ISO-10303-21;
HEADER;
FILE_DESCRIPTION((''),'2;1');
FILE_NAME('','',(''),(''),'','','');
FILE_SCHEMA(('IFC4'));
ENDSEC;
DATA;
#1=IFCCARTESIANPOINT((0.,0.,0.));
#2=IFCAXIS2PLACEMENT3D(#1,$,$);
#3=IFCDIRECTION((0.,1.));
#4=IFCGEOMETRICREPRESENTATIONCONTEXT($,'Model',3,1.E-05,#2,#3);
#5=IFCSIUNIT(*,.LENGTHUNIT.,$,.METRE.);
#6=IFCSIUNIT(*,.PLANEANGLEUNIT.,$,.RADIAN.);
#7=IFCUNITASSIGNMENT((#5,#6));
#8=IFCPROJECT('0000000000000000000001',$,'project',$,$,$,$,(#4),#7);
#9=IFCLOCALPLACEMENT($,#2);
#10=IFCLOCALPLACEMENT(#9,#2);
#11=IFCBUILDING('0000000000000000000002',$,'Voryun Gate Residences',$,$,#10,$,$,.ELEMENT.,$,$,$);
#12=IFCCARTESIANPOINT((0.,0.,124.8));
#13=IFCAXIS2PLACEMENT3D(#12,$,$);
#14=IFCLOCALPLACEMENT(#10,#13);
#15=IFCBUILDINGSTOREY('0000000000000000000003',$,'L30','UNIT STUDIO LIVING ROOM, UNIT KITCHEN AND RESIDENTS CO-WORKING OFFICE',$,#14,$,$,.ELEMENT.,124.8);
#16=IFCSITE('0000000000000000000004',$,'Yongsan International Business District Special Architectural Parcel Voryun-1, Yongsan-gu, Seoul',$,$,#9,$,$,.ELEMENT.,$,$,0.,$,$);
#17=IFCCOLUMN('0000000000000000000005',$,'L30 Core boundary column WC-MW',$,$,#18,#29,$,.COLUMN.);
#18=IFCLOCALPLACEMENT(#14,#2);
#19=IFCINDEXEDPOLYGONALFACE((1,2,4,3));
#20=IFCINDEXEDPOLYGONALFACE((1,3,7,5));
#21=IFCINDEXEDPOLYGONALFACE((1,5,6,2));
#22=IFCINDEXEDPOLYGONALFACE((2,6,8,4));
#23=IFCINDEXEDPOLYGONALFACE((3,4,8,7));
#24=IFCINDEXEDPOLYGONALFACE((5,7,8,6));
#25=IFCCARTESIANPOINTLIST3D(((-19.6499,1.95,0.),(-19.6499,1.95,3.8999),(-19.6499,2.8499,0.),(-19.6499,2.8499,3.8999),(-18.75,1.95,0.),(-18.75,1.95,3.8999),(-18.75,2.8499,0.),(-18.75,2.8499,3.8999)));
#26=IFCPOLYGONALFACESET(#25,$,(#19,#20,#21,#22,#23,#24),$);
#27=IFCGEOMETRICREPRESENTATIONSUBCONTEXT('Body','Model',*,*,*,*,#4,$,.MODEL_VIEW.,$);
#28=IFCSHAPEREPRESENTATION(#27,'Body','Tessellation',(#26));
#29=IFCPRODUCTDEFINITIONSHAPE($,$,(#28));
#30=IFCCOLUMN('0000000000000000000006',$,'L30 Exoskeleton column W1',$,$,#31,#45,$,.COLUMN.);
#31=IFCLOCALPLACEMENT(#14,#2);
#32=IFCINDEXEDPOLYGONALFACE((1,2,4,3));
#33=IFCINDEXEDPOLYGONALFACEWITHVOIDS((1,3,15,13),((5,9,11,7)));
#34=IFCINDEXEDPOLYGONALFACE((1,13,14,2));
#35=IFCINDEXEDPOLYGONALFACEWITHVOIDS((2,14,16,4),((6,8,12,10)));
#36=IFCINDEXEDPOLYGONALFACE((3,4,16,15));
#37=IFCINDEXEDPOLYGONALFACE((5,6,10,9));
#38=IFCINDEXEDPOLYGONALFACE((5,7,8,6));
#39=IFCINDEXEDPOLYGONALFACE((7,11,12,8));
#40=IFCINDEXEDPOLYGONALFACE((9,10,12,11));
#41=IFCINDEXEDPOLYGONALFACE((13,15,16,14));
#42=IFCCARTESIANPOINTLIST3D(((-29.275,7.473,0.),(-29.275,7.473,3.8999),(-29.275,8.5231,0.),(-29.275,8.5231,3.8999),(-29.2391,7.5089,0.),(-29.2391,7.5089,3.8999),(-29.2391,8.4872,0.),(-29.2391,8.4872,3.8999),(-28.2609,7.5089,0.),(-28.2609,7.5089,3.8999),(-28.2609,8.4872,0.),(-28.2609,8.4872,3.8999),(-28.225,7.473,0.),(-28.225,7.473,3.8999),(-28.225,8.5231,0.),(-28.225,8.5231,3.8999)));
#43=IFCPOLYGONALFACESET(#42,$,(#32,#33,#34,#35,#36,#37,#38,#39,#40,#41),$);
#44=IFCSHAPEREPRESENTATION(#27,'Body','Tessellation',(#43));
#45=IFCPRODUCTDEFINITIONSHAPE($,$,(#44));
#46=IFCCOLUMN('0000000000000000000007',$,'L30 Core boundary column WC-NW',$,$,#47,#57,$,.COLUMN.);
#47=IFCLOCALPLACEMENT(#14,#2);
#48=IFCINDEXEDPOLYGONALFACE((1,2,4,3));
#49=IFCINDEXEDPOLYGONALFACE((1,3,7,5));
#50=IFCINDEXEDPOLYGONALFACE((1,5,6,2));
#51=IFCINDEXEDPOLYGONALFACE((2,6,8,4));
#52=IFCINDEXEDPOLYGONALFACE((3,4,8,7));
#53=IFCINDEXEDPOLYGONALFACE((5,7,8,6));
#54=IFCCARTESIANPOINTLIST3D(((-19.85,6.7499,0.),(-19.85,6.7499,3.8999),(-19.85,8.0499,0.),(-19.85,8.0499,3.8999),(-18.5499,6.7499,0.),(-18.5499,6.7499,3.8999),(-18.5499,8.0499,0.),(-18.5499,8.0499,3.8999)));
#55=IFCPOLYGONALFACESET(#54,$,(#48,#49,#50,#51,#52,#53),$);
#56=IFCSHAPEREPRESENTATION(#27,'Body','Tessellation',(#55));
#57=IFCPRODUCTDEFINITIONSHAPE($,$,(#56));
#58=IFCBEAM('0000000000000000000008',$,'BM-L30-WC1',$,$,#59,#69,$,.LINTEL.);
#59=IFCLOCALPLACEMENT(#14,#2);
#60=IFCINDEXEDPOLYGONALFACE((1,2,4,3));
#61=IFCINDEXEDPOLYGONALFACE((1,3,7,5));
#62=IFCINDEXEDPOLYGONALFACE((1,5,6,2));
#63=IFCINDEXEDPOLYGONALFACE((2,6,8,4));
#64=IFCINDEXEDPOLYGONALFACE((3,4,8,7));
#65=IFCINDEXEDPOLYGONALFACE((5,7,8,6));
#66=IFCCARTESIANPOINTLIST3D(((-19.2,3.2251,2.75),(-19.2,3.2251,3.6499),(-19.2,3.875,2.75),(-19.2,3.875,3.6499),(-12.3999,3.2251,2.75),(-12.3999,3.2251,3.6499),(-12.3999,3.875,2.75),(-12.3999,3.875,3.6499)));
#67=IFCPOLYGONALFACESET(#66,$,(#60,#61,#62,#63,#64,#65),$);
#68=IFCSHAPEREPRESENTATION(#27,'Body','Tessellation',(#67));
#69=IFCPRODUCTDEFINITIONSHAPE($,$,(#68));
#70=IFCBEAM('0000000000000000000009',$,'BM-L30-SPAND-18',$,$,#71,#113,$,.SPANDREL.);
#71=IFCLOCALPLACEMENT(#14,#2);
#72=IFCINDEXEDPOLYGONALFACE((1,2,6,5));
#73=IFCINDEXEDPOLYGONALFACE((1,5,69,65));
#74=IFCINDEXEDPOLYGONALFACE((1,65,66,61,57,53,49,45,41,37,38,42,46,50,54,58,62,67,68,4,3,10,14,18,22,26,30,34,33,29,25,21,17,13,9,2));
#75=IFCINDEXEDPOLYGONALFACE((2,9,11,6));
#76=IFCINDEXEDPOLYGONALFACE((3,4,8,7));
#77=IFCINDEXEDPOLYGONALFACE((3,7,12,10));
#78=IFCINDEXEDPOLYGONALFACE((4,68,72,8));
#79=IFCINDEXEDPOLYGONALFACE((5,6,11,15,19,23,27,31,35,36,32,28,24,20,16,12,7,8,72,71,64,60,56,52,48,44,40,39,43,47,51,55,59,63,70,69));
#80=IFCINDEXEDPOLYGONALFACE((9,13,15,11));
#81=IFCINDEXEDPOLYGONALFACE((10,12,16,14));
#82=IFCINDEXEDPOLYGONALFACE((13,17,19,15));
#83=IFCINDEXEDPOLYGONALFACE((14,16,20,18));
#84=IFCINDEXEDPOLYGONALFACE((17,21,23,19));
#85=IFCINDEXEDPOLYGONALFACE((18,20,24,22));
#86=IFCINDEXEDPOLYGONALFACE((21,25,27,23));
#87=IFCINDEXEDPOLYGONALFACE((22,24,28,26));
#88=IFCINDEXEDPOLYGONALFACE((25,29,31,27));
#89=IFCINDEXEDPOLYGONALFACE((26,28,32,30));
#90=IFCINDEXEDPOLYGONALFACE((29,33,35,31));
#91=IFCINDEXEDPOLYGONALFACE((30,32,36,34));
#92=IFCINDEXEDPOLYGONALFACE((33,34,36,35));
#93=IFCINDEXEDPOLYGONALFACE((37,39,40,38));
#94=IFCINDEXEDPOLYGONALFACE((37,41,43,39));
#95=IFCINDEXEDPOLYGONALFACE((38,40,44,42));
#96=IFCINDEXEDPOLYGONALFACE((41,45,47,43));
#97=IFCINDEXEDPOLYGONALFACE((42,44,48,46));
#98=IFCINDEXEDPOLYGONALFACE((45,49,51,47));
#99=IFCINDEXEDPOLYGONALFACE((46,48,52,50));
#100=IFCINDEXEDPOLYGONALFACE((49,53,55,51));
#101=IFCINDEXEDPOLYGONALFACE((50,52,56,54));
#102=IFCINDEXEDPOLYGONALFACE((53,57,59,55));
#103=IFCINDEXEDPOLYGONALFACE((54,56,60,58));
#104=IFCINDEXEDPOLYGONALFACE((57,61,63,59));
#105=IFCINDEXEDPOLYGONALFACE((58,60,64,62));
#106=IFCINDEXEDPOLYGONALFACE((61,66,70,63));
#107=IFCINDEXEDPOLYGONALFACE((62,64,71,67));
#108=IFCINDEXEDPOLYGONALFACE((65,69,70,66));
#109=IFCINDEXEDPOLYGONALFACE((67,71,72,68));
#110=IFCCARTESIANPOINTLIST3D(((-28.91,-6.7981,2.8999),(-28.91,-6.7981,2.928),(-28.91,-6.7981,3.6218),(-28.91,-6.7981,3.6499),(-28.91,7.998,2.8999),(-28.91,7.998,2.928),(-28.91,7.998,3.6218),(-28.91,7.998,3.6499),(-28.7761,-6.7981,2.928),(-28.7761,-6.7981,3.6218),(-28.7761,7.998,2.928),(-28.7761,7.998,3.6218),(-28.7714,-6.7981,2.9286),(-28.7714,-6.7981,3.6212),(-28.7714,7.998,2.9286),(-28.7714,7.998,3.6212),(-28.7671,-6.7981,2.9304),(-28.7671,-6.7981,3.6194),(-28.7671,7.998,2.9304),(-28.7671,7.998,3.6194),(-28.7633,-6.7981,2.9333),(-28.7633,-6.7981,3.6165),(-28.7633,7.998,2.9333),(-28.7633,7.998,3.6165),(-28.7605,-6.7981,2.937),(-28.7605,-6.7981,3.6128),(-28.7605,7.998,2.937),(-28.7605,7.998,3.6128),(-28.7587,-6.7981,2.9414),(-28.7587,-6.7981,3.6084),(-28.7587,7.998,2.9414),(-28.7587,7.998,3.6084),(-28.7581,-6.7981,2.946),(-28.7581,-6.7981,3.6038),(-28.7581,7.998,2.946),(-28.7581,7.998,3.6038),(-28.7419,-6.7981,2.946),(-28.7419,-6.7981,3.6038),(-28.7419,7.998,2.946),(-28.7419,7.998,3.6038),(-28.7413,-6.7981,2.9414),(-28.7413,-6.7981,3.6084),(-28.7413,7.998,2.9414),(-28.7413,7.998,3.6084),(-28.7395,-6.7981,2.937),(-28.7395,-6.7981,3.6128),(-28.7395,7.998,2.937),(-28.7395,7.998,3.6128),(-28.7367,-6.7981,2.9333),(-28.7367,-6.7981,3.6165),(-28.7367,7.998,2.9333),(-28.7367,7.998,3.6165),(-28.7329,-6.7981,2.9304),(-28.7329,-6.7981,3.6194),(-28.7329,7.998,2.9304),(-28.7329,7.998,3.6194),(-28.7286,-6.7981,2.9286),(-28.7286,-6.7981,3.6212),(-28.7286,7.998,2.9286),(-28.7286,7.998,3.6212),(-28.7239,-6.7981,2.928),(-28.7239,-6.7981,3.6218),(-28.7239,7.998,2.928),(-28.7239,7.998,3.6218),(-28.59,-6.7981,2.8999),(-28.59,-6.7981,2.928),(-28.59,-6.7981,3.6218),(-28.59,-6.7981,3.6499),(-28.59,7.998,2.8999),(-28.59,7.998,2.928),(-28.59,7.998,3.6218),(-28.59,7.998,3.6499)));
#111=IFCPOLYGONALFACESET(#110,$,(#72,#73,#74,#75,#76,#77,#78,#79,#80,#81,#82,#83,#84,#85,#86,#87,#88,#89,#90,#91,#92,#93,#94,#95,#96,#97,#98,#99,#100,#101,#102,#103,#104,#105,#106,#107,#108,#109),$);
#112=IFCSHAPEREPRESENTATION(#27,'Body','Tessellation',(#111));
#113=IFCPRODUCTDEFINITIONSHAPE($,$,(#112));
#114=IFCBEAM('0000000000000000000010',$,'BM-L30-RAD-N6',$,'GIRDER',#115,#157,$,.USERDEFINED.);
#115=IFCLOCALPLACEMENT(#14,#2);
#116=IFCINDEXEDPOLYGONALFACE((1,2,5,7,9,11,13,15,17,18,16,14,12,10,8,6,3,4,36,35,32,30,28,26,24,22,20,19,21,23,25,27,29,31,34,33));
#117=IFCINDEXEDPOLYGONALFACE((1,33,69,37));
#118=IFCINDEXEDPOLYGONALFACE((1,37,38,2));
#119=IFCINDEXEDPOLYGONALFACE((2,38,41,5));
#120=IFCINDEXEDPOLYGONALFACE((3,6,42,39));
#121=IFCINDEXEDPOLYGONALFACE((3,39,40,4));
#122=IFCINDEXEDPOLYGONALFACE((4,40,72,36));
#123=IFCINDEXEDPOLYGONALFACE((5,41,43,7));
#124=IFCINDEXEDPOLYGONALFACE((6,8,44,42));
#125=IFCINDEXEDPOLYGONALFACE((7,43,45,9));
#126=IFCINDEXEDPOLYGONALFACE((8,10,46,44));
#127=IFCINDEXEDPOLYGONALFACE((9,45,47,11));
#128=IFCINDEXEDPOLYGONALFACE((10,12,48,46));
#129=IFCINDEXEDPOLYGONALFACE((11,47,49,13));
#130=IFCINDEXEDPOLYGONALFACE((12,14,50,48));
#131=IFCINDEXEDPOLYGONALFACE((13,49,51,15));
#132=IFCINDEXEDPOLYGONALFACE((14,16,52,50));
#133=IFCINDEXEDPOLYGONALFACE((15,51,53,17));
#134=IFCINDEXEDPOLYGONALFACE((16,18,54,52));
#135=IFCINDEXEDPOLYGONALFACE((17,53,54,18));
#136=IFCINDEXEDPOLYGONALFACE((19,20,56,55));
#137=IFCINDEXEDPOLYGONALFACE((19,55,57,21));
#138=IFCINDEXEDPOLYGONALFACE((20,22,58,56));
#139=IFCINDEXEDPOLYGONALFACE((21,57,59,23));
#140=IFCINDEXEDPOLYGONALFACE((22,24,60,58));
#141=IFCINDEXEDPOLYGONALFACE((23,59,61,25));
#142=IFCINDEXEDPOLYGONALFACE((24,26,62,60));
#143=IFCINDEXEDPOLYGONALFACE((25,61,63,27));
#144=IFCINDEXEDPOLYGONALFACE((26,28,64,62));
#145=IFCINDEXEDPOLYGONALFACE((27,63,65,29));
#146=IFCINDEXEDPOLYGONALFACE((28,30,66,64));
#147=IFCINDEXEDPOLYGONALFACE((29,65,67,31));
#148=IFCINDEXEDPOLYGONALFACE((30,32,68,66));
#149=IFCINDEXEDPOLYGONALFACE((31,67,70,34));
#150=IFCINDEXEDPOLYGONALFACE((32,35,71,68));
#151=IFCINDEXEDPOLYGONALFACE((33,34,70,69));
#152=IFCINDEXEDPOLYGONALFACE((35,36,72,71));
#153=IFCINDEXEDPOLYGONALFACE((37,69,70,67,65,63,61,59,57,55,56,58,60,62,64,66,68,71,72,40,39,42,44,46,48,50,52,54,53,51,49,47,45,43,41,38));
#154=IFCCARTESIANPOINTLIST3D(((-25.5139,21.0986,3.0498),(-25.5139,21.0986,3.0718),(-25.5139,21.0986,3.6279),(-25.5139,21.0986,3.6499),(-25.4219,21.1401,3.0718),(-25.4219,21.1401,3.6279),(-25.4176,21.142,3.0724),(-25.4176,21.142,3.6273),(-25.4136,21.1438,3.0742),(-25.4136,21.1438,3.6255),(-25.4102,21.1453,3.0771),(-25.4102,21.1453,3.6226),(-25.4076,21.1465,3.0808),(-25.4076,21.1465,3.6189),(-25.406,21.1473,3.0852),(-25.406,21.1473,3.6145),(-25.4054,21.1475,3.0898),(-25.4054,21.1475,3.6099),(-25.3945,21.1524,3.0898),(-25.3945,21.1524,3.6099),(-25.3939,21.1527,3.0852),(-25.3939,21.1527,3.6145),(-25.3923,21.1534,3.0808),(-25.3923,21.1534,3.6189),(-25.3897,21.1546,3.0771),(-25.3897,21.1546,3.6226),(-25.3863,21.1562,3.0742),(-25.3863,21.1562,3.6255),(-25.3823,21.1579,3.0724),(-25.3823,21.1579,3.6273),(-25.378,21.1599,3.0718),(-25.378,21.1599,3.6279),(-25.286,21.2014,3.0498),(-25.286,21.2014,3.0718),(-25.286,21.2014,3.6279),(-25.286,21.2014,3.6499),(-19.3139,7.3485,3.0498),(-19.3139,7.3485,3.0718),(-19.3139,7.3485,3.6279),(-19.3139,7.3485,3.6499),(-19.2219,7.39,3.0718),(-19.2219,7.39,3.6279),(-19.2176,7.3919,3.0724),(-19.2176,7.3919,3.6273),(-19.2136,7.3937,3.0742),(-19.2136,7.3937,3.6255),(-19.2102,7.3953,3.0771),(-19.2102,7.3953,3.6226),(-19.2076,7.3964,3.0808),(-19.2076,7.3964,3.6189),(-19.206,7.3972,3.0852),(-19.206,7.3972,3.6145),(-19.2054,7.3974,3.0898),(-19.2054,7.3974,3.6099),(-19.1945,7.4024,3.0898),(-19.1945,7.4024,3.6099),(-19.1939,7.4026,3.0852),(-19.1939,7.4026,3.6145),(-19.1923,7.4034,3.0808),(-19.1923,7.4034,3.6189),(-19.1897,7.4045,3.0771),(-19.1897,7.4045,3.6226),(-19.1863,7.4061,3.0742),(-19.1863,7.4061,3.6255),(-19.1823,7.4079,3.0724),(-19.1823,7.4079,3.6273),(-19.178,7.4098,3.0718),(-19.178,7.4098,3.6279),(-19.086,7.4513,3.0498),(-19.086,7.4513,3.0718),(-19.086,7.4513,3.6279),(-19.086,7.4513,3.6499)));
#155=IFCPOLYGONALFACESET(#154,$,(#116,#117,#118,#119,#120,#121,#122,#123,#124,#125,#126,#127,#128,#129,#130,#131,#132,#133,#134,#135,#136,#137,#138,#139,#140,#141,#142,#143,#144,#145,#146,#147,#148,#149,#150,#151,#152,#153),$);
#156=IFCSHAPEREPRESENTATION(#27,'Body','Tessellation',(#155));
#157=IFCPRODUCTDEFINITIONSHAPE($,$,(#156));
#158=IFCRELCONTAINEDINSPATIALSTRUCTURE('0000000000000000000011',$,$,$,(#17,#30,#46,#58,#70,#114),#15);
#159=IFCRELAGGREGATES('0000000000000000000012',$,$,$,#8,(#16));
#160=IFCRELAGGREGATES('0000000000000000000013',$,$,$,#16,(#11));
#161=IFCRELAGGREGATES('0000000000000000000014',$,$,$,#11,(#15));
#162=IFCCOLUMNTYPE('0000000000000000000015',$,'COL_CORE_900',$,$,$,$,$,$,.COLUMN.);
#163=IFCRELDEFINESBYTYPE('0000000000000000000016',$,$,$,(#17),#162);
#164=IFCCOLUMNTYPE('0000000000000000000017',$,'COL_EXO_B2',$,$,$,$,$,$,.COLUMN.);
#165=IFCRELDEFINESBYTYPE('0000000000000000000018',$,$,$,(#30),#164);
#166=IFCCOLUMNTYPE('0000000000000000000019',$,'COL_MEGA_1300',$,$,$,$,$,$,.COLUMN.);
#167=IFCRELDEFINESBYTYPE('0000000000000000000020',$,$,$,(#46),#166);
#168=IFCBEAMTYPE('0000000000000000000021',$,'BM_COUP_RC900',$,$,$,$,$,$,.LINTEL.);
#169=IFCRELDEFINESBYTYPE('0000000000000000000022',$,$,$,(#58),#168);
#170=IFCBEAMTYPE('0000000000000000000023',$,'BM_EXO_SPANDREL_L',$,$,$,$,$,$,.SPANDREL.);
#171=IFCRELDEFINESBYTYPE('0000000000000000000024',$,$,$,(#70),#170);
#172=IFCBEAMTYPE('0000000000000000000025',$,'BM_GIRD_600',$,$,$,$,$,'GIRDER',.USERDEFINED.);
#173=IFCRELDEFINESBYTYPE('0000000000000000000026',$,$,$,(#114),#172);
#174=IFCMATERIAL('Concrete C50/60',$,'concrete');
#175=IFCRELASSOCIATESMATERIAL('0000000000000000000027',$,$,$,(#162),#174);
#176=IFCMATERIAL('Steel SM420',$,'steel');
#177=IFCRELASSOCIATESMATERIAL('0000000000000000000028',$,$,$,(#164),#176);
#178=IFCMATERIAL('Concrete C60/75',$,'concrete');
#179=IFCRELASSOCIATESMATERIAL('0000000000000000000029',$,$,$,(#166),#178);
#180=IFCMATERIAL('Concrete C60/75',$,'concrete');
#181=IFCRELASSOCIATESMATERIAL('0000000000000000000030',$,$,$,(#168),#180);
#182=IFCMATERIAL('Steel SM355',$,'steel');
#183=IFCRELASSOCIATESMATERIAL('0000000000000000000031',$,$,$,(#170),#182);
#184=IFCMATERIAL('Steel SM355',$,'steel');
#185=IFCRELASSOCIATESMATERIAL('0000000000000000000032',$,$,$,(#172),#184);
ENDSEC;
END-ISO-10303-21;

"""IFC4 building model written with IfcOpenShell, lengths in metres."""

from ifc_helpers import new_model, si_unit, direction, frame, origin, origin_2d, place, context, subcontext, project, spatial, rectangle, hollow_rectangle, i_section, extrude, material, material_profile, profile_set, type_object, element, save


model = new_model("IFC4")

# Units and contexts
model_context = context("Model", 3, precision=1e-05, world=origin(), true_north=direction((0.0, 1.0)))
body_context = subcontext(model_context, "Body", "Model", "MODEL_VIEW")
ifc_project = project(units=[si_unit("LENGTHUNIT", "METRE"), si_unit("PLANEANGLEUNIT", "RADIAN")], contexts=[model_context])

# Site, building, storey
site_placement = place(None, origin())
site = spatial("IfcSite", under=ifc_project, at=site_placement, Name="Yongsan International Business District Special Architectural Parcel Voryun-1, Yongsan-gu, Seoul", CompositionType="ELEMENT", RefElevation=0.0)
building_placement = place(site_placement, origin())
building = spatial("IfcBuilding", under=site, at=building_placement, Name="Voryun Gate Residences", CompositionType="ELEMENT")
storey_placement = place(building_placement, frame((0.0, 0.0, 124.8)))
storey = spatial("IfcBuildingStorey", under=building, at=storey_placement, Name="L30", Description="UNIT STUDIO LIVING ROOM, UNIT KITCHEN AND RESIDENTS CO-WORKING OFFICE", CompositionType="ELEMENT", Elevation=124.8)

# Columns
ifc_material_1 = material(Name="Concrete C50/60", Category="concrete")
ifc_material_profile_1 = material_profile(ifc_material_1, rectangle(XDim=0.8999, YDim=0.8999, at=origin_2d()), Name="RC-900x900")
ifc_profile_set_1 = profile_set([ifc_material_profile_1], Name="Concrete C50/60")
column_type_1 = type_object("IfcColumnType", Name="COL_CORE_900", PredefinedType="COLUMN", material=ifc_profile_set_1)
column_1_placement = place(storey_placement, frame((-19.2, 2.3999, 0.0), z_axis=(0.0, 0.0, 1.0), x_axis=(1.0, 0.0, 0.0)))
element("IfcColumn", 1, at=column_1_placement, inside=storey, type_object=column_type_1, Name="L30 Core boundary column WC-MW", PredefinedType="COLUMN", context=body_context, shape_type="SweptSolid", body=[
    extrude(rectangle(XDim=0.8999, YDim=0.8999, at=origin_2d()), origin(), (0.0, 0.0, 1.0), 3.8999),
])
ifc_material_2 = material(Name="Steel SM420", Category="steel")
ifc_material_profile_2 = material_profile(ifc_material_2, hollow_rectangle(XDim=1.05, YDim=1.05, WallThickness=0.0359, at=origin_2d()), Name="BOX-1050x1050x36")
ifc_profile_set_2 = profile_set([ifc_material_profile_2], Name="Steel SM420")
column_type_2 = type_object("IfcColumnType", Name="COL_EXO_B2", PredefinedType="COLUMN", material=ifc_profile_set_2)
column_2_placement = place(storey_placement, frame((-28.75, 7.998, 0.0), z_axis=(0.0, 0.0, 1.0), x_axis=(1.0, 0.0, 0.0)))
element("IfcColumn", 2, at=column_2_placement, inside=storey, type_object=column_type_2, Name="L30 Exoskeleton column W1", PredefinedType="COLUMN", context=body_context, shape_type="SweptSolid", body=[
    extrude(hollow_rectangle(XDim=1.05, YDim=1.05, WallThickness=0.0359, at=origin_2d()), origin(), (0.0, 0.0, 1.0), 3.8999),
])
ifc_material_3 = material(Name="Concrete C60/75", Category="concrete")
ifc_material_profile_3 = material_profile(ifc_material_3, rectangle(XDim=1.3, YDim=1.3, at=origin_2d()), Name="RC-1300x1300")
ifc_profile_set_3 = profile_set([ifc_material_profile_3], Name="Concrete C60/75")
column_type_3 = type_object("IfcColumnType", Name="COL_MEGA_1300", PredefinedType="COLUMN", material=ifc_profile_set_3)
column_3_placement = place(storey_placement, frame((-19.2, 7.3999, 0.0), z_axis=(0.0, 0.0, 1.0), x_axis=(1.0, 0.0, 0.0)))
element("IfcColumn", 3, at=column_3_placement, inside=storey, type_object=column_type_3, Name="L30 Core boundary column WC-NW", PredefinedType="COLUMN", context=body_context, shape_type="SweptSolid", body=[
    extrude(rectangle(XDim=1.3, YDim=1.3, at=origin_2d()), origin(), (0.0, 0.0, 1.0), 3.8999),
])

# Beams
ifc_material_4 = material(Name="Concrete C60/75", Category="concrete")
ifc_material_profile_4 = material_profile(ifc_material_4, rectangle(XDim=0.6499, YDim=0.8999, at=origin_2d()), Name="RC-650x900")
ifc_profile_set_4 = profile_set([ifc_material_profile_4], Name="Concrete C60/75")
beam_type_1 = type_object("IfcBeamType", Name="BM_COUP_RC900", PredefinedType="LINTEL", material=ifc_profile_set_4)
beam_1_placement = place(storey_placement, frame((-19.2, 3.55, 3.2), z_axis=(1.0, 0.0, 0.0), x_axis=(0.0, 1.0, 0.0)))
element("IfcBeam", 4, at=beam_1_placement, inside=storey, type_object=beam_type_1, Name="BM-L30-WC1", PredefinedType="LINTEL", context=body_context, shape_type="SweptSolid", body=[
    extrude(rectangle(XDim=0.6499, YDim=0.8999, at=origin_2d()), origin(), (0.0, 0.0, 1.0), 6.8),
])
ifc_material_5 = material(Name="Steel SM355", Category="steel")
ifc_material_profile_5 = material_profile(ifc_material_5, i_section(OverallWidth=0.3201, OverallDepth=0.75, WebThickness=0.0161, FlangeThickness=0.0281, FilletRadius=0.0181, at=origin_2d()), Name="H-750x320x16x28")
ifc_profile_set_5 = profile_set([ifc_material_profile_5], Name="Steel SM355")
beam_type_2 = type_object("IfcBeamType", Name="BM_EXO_SPANDREL_L", PredefinedType="SPANDREL", material=ifc_profile_set_5)
beam_2_placement = place(storey_placement, frame((-28.75, 7.998, 3.2749), z_axis=(0.0, -1.0, 0.0), x_axis=(1.0, 0.0, 0.0)))
element("IfcBeam", 5, at=beam_2_placement, inside=storey, type_object=beam_type_2, Name="BM-L30-SPAND-18", PredefinedType="SPANDREL", context=body_context, shape_type="SweptSolid", body=[
    extrude(i_section(OverallWidth=0.3201, OverallDepth=0.75, WebThickness=0.0161, FlangeThickness=0.0281, FilletRadius=0.0181, at=origin_2d()), origin(), (0.0, 0.0, 1.0), 14.7961),
])
ifc_material_6 = material(Name="Steel SM355", Category="steel")
ifc_material_profile_6 = material_profile(ifc_material_6, i_section(OverallWidth=0.25, OverallDepth=0.6001, WebThickness=0.012, FlangeThickness=0.022, FilletRadius=0.0181, at=origin_2d()), Name="H-600x250x12x22")
ifc_profile_set_6 = profile_set([ifc_material_profile_6], Name="Steel SM355")
beam_type_3 = type_object("IfcBeamType", Name="BM_GIRD_600", ElementType="GIRDER", PredefinedType="USERDEFINED", material=ifc_profile_set_6)
beam_3_placement = place(storey_placement, frame((-19.2, 7.3999, 3.3499), z_axis=(-0.411051, 0.911612, 0.0), x_axis=(-0.911612, -0.411051, 0.0)))
element("IfcBeam", 6, at=beam_3_placement, inside=storey, type_object=beam_type_3, Name="BM-L30-RAD-N6", ObjectType="GIRDER", PredefinedType="USERDEFINED", context=body_context, shape_type="SweptSolid", body=[
    extrude(i_section(OverallWidth=0.25, OverallDepth=0.6001, WebThickness=0.012, FlangeThickness=0.022, FilletRadius=0.0181, at=origin_2d()), origin(), (0.0, 0.0, 1.0), 15.0833),
])

save(model, "model.ifc")
